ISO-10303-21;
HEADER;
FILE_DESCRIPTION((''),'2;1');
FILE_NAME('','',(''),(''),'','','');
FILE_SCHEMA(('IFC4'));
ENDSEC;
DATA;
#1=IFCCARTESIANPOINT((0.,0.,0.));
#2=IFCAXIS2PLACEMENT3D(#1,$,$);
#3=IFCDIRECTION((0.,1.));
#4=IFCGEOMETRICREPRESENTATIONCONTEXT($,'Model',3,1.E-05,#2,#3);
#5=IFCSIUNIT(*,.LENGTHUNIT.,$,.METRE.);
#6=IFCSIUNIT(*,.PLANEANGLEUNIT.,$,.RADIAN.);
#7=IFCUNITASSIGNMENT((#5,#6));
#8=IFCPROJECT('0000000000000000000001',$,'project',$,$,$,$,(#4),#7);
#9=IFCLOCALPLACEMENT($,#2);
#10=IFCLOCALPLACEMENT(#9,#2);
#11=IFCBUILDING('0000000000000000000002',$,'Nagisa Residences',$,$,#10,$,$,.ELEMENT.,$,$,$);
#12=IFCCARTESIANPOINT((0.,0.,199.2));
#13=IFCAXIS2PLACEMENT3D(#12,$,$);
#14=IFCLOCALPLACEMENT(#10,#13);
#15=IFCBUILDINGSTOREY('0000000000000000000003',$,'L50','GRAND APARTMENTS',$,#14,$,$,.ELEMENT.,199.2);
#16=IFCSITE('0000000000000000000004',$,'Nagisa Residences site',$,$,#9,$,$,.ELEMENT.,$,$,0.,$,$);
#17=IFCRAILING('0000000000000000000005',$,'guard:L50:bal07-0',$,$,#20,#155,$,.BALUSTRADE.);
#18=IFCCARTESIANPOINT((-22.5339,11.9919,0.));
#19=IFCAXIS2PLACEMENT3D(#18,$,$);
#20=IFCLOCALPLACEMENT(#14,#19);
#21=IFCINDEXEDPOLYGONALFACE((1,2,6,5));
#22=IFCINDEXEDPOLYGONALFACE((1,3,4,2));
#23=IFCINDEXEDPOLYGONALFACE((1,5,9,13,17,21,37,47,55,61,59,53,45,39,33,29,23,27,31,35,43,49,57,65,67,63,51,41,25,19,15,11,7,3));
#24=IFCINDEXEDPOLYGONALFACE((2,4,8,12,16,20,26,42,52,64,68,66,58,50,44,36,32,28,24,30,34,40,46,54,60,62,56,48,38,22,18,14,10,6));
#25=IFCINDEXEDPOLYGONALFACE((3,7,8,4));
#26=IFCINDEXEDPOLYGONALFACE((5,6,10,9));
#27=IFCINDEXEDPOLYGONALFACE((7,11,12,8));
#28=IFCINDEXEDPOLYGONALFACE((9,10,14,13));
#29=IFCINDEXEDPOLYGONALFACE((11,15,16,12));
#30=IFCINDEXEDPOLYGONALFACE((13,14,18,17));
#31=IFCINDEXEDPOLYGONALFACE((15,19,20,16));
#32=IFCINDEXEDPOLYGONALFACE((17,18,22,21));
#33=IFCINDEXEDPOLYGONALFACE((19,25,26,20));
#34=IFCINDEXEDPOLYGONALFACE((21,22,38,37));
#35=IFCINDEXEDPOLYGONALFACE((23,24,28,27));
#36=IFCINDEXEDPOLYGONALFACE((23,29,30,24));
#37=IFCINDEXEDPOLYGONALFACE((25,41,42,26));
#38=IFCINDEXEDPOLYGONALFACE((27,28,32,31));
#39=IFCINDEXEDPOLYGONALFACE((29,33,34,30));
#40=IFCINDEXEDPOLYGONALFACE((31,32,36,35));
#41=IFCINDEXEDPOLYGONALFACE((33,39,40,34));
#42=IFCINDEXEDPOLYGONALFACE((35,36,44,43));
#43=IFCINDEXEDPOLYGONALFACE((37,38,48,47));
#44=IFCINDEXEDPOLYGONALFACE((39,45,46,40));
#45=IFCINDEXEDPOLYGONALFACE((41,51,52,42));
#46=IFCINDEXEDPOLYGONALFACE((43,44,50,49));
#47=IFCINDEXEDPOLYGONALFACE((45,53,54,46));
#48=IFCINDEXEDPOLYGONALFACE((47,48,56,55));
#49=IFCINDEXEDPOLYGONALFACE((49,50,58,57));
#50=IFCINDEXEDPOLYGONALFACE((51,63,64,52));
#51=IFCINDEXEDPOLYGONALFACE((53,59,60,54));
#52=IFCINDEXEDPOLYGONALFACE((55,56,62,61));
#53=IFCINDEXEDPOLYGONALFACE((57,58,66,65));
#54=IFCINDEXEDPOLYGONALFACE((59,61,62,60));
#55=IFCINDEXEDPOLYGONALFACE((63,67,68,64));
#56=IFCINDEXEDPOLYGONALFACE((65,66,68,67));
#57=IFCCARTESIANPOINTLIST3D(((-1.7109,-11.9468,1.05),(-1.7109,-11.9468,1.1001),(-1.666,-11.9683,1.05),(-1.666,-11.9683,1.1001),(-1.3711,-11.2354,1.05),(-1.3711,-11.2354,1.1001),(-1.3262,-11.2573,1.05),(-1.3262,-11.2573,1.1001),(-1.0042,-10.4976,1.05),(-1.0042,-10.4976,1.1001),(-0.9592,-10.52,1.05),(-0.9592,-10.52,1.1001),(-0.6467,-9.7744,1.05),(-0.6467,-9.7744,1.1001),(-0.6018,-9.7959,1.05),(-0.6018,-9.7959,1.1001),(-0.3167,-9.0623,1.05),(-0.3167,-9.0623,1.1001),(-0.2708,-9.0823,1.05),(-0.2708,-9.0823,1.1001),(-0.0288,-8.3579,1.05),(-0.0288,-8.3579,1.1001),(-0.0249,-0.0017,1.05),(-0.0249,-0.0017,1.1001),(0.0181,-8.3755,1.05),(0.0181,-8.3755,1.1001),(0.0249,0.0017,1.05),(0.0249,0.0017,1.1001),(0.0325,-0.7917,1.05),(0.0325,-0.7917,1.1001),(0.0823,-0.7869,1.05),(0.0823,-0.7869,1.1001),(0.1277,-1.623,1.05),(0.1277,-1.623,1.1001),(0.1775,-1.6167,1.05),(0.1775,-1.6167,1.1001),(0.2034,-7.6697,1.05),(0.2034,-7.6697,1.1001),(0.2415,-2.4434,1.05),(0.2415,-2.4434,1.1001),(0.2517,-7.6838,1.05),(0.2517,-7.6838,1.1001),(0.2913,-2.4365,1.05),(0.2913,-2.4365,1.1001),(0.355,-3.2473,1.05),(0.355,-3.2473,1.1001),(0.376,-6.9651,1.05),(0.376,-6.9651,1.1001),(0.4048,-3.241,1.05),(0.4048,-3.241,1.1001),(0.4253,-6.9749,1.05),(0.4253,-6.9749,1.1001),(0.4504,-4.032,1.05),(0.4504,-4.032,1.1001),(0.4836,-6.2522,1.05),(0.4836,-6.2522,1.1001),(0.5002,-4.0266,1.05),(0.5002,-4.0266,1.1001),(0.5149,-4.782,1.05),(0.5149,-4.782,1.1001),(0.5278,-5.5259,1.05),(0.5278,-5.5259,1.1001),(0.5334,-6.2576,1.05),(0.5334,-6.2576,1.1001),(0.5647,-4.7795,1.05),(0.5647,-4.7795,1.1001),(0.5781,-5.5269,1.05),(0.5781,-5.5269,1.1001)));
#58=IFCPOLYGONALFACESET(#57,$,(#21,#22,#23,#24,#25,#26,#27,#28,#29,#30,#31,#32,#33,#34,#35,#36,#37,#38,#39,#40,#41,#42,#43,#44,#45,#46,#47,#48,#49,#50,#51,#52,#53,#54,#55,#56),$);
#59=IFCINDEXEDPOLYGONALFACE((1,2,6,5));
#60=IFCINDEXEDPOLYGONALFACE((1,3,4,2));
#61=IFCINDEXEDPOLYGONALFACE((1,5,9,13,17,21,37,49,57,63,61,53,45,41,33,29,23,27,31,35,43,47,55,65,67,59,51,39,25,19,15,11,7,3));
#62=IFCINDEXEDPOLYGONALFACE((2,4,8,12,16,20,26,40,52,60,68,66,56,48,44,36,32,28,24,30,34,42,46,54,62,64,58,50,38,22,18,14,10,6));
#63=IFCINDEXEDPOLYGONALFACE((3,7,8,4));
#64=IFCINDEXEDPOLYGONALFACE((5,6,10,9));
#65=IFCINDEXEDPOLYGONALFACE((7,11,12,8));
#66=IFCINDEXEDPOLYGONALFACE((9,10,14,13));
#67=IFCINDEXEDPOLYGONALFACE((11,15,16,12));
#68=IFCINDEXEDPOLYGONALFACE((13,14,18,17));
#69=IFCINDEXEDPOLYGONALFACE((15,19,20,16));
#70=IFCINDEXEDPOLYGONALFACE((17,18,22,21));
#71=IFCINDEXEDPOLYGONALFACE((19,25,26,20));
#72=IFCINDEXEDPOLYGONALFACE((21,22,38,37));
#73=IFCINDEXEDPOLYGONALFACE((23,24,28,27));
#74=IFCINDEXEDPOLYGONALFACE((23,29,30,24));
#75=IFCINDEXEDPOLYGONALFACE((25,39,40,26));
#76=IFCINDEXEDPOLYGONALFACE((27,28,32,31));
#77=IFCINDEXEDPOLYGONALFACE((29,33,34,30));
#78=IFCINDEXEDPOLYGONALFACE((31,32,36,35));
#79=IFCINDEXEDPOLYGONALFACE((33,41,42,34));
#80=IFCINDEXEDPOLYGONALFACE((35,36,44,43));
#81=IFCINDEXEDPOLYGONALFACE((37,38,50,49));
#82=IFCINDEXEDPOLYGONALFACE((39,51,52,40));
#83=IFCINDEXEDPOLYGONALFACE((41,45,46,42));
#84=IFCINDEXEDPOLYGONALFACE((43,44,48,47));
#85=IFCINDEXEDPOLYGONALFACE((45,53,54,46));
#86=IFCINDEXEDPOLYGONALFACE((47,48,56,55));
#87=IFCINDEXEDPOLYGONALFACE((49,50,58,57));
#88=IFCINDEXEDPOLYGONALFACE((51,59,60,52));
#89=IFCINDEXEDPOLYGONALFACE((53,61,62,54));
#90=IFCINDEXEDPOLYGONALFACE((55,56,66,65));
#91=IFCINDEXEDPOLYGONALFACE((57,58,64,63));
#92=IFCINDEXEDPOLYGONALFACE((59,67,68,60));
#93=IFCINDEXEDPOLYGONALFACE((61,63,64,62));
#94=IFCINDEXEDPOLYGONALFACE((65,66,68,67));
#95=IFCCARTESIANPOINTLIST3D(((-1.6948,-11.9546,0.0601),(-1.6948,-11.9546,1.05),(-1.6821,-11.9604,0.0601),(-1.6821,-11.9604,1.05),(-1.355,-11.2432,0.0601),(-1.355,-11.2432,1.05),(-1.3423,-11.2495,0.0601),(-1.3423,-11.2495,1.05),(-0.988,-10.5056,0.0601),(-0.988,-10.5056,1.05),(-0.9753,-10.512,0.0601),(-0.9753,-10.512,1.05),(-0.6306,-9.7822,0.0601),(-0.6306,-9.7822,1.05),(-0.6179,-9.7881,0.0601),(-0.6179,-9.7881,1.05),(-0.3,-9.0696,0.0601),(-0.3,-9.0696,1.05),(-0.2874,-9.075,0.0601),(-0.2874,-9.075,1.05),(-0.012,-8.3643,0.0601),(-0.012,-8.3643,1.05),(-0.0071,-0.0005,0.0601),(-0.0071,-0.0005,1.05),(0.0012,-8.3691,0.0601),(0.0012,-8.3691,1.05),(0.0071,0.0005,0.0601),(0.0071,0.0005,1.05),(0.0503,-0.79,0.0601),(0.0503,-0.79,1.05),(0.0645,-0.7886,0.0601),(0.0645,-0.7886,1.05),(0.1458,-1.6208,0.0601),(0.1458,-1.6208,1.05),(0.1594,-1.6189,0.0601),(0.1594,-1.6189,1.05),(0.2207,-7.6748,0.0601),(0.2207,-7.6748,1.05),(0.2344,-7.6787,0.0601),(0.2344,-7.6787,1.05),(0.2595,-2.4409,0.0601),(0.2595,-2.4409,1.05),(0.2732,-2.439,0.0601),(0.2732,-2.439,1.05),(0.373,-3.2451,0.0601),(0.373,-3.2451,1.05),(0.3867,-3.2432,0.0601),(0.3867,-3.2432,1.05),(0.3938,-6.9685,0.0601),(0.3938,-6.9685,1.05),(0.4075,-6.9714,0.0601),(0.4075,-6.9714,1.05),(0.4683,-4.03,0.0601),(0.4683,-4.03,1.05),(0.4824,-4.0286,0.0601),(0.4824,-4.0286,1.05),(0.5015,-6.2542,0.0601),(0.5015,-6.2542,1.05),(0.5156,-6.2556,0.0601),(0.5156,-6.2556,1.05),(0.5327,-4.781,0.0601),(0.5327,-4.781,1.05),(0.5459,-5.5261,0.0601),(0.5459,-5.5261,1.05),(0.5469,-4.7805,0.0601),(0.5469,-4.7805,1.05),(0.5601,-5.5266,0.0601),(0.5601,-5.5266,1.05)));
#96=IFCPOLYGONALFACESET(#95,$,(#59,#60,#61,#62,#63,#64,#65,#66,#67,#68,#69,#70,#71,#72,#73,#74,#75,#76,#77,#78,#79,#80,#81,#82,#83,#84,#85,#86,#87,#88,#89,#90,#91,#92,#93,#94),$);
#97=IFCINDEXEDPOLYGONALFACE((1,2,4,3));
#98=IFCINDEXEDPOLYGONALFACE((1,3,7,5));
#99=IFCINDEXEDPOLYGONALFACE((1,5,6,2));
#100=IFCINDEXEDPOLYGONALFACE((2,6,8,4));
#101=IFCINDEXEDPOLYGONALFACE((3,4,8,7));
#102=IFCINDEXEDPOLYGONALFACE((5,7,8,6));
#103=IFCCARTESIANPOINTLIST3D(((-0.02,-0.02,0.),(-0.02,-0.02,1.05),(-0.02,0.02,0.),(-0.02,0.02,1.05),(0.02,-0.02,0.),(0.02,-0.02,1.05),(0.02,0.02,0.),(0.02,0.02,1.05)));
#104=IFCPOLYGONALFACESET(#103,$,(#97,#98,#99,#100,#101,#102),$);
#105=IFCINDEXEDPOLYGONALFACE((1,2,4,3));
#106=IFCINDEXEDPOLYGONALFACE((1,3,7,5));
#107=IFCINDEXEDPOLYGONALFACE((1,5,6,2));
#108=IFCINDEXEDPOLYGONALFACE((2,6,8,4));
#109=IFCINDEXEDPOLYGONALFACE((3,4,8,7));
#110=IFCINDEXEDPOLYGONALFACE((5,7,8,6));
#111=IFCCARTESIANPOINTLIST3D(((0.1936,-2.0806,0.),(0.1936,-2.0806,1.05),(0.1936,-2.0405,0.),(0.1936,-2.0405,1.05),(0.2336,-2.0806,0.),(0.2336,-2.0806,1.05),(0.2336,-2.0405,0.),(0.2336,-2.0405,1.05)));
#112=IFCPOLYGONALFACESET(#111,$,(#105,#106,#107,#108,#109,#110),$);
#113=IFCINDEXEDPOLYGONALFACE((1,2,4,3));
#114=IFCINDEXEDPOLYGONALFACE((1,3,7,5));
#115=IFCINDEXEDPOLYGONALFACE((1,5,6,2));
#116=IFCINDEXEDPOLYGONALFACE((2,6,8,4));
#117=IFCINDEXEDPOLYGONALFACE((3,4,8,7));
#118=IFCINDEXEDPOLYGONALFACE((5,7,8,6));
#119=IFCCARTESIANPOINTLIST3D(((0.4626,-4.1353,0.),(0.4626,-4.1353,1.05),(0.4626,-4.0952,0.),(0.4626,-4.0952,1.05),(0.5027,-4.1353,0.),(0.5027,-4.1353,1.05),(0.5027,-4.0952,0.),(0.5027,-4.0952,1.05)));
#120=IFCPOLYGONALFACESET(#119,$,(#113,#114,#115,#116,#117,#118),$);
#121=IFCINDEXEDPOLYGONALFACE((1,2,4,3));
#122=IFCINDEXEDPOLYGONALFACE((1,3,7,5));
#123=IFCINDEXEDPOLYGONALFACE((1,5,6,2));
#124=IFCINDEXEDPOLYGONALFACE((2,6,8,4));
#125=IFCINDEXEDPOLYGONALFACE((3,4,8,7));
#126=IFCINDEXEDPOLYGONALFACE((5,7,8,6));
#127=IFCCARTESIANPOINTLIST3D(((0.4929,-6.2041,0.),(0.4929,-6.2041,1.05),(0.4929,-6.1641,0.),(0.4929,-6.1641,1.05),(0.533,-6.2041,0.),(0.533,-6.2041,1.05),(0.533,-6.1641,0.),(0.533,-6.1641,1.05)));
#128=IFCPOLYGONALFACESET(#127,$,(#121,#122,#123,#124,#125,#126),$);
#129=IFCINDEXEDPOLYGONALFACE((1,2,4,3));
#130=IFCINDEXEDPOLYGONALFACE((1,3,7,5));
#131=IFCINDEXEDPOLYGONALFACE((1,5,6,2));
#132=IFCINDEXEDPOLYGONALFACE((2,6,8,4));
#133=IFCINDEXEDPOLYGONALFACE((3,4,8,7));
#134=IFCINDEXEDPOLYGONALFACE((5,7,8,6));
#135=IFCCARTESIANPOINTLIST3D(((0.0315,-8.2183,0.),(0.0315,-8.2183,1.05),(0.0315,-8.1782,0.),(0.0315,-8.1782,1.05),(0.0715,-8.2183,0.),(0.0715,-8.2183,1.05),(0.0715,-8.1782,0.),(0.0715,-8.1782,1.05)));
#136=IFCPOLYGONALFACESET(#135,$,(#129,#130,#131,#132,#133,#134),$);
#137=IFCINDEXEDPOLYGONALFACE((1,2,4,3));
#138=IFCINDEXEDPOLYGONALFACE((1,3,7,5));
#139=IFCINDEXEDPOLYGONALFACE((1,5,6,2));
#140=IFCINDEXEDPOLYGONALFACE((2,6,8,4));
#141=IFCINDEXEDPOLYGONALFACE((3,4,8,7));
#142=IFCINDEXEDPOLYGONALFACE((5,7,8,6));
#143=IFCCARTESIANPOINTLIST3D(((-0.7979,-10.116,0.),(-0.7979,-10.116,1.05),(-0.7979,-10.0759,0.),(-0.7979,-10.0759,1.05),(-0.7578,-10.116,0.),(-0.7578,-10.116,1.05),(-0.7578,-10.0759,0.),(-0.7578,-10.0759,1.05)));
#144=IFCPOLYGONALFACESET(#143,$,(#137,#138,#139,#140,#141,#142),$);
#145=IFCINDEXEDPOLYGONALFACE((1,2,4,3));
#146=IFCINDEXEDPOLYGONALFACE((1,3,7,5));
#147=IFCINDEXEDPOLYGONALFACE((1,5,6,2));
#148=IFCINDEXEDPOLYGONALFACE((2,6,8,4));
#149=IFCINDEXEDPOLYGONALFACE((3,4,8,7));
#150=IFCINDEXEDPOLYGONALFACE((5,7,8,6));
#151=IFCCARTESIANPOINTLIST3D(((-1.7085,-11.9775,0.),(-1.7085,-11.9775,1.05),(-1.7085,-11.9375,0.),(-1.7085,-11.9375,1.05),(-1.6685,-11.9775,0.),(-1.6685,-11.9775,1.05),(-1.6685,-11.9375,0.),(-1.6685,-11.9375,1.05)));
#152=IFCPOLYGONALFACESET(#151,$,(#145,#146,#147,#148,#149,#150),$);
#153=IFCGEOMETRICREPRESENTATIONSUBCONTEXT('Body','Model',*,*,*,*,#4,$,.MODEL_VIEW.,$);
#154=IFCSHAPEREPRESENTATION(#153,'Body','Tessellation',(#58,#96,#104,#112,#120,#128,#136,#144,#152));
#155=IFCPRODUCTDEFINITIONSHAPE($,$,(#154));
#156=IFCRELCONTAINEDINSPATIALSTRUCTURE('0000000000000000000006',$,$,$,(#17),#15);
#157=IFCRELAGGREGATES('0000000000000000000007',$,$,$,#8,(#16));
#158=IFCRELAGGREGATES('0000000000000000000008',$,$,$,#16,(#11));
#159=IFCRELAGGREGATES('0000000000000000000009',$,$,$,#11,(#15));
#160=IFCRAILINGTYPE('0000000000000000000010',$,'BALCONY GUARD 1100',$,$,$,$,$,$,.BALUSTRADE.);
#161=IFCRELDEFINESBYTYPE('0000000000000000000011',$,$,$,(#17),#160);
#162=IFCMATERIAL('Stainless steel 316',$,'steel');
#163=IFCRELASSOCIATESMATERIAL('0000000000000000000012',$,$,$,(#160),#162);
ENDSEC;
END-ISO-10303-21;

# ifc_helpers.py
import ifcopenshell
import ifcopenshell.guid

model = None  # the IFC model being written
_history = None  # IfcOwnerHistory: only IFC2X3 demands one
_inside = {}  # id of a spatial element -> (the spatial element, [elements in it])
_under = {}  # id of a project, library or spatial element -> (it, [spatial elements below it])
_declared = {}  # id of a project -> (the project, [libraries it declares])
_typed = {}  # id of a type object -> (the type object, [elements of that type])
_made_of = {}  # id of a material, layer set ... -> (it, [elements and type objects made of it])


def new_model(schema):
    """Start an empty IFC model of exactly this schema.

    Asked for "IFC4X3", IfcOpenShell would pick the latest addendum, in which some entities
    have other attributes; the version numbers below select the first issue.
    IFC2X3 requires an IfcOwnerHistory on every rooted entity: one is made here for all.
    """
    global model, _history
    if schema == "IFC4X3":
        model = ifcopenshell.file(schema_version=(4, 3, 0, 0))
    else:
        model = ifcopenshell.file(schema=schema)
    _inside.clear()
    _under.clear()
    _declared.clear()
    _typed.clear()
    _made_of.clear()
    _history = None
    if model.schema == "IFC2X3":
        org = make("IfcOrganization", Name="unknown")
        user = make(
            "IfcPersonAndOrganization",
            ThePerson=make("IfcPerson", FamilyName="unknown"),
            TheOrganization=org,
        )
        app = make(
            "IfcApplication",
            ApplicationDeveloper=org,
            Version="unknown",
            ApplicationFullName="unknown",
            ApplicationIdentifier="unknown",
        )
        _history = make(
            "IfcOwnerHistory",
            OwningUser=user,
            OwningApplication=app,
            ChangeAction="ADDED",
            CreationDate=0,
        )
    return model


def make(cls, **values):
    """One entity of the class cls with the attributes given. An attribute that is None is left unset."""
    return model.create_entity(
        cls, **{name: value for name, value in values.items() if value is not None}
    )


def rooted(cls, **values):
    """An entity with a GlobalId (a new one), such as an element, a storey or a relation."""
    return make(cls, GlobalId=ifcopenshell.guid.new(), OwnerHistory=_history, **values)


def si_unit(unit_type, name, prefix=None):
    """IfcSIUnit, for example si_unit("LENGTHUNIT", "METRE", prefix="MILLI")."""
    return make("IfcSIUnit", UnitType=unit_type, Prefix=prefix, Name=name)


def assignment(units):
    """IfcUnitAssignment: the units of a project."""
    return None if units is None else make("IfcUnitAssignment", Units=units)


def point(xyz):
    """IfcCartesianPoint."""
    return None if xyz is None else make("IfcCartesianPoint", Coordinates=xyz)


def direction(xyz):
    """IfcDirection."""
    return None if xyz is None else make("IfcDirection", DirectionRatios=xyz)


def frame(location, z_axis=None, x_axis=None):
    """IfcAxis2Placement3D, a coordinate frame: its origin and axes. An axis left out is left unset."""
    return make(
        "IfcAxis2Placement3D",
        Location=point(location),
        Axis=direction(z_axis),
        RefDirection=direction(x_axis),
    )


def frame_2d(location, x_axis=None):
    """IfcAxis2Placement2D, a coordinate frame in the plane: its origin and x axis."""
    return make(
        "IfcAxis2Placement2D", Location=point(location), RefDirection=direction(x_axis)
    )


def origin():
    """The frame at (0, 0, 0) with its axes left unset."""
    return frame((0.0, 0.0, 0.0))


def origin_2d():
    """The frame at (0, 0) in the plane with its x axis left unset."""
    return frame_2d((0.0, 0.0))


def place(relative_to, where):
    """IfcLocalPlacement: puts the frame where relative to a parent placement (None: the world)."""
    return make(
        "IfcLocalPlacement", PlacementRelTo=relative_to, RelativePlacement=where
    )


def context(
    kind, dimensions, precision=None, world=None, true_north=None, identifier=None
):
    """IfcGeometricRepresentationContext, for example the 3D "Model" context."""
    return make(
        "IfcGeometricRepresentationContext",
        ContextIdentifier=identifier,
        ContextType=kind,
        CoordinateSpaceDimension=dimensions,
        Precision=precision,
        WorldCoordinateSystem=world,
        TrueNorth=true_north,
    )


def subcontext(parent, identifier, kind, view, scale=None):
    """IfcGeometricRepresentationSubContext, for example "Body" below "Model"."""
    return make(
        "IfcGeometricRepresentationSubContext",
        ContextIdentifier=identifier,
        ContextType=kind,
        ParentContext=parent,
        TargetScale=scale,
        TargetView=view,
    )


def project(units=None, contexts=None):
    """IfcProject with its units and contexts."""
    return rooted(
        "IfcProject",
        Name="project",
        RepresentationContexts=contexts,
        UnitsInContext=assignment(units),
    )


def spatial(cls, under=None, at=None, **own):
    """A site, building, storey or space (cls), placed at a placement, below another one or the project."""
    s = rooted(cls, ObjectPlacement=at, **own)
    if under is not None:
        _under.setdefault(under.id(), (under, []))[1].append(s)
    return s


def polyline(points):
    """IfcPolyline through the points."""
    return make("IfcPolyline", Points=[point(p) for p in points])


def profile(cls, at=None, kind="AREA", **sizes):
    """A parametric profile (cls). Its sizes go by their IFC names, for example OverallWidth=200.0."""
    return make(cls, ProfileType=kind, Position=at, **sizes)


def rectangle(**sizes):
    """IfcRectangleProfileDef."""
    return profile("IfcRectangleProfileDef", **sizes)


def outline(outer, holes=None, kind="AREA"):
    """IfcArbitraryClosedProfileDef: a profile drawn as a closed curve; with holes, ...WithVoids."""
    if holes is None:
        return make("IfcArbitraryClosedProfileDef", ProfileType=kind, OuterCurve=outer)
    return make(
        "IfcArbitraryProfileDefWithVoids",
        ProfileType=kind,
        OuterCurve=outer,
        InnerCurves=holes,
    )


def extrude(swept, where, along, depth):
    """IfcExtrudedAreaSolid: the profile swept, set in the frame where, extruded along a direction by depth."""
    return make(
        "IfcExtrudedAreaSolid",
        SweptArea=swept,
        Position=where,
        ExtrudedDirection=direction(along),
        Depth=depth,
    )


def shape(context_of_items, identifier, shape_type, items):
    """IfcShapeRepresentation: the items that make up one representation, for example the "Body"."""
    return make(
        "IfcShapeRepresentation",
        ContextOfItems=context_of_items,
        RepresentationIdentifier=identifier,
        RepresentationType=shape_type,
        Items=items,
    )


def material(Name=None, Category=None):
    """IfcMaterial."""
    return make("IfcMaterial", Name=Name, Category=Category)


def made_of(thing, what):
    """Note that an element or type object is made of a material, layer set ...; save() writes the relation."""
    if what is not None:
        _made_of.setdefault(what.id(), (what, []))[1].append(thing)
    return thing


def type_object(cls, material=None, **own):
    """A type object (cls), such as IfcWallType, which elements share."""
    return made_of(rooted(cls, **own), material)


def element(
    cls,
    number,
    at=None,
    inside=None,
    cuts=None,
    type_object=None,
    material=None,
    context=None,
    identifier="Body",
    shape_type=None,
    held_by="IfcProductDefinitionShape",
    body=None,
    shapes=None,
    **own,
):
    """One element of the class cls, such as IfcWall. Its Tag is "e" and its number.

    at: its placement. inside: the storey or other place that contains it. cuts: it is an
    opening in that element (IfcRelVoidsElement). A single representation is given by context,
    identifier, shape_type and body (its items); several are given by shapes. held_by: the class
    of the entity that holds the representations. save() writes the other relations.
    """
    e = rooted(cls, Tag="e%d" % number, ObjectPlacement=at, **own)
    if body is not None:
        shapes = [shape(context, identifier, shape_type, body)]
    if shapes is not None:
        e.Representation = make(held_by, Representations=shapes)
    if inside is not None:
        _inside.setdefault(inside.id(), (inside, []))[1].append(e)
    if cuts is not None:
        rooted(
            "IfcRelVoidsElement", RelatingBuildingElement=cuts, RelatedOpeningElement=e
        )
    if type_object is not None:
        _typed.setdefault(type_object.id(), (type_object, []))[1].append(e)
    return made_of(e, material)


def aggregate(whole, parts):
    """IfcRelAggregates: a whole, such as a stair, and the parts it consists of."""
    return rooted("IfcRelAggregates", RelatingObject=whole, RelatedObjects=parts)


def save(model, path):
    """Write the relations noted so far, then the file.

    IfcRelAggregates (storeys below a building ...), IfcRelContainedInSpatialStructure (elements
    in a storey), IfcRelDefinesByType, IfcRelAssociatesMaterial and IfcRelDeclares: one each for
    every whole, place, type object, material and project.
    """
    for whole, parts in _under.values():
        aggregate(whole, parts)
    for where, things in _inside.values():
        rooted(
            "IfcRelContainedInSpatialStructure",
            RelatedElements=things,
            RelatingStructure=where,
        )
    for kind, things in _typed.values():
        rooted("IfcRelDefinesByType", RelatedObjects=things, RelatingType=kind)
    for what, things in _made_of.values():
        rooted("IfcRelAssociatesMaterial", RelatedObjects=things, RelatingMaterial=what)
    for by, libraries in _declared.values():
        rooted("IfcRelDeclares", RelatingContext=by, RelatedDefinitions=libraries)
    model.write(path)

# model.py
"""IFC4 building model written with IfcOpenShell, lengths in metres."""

from ifc_helpers import new_model, si_unit, direction, frame, origin, origin_2d, place, context, subcontext, project, spatial, polyline, rectangle, outline, extrude, material, type_object, element, save


model = new_model("IFC4")

# Units and contexts
model_context = context("Model", 3, precision=1e-05, world=origin(), true_north=direction((0.0, 1.0)))
body_context = subcontext(model_context, "Body", "Model", "MODEL_VIEW")
ifc_project = project(units=[si_unit("LENGTHUNIT", "METRE"), si_unit("PLANEANGLEUNIT", "RADIAN")], contexts=[model_context])

# Site, building, storey
site_placement = place(None, origin())
site = spatial("IfcSite", under=ifc_project, at=site_placement, Name="Nagisa Residences site", CompositionType="ELEMENT", RefElevation=0.0)
building_placement = place(site_placement, origin())
building = spatial("IfcBuilding", under=site, at=building_placement, Name="Nagisa Residences", CompositionType="ELEMENT")
storey_placement = place(building_placement, frame((0.0, 0.0, 199.2)))
storey = spatial("IfcBuildingStorey", under=building, at=storey_placement, Name="L50", Description="GRAND APARTMENTS", CompositionType="ELEMENT", Elevation=199.2)

# Railing
ifc_material_1 = material(Name="Stainless steel 316", Category="steel")
railing_type = type_object("IfcRailingType", Name="BALCONY GUARD 1100", PredefinedType="BALUSTRADE", material=ifc_material_1)
railing_1_placement = place(storey_placement, frame((-22.5339, 11.9919, 0.0)))
element("IfcRailing", 1, at=railing_1_placement, inside=storey, type_object=railing_type, Name="guard:L50:bal07-0", PredefinedType="BALUSTRADE", context=body_context, shape_type="SweptSolid", body=[
    extrude(outline(polyline([(0.0823, -0.7869), (0.0249, 0.0017), (-0.0249, -0.0017), (0.0325, -0.7917), (0.1277, -1.623), (0.2415, -2.4434), (0.355, -3.2473), (0.4504, -4.032), (0.5149, -4.782), (0.5278, -5.5259), (0.4836, -6.2522), (0.376, -6.9651), (0.2034, -7.6697), (-0.0288, -8.3579), (-0.3167, -9.0623), (-0.6467, -9.7744), (-1.0042, -10.4976), (-1.3711, -11.2354), (-1.7109, -11.9468), (-1.666, -11.9683), (-1.3262, -11.2573), (-0.9592, -10.52), (-0.6018, -9.7959), (-0.2708, -9.0823), (0.0181, -8.3755), (0.2517, -7.6838), (0.4253, -6.9749), (0.5334, -6.2576), (0.5781, -5.5269), (0.5647, -4.7795), (0.5002, -4.0266), (0.4048, -3.241), (0.2913, -2.4365), (0.1775, -1.6167), (0.0823, -0.7869)])), frame((0.0, 0.0, 1.05)), (0.0, 0.0, 1.0), 0.05),
    extrude(outline(polyline([(0.0645, -0.7886), (0.0071, 0.0005), (-0.0071, -0.0005), (0.0503, -0.79), (0.1458, -1.6208), (0.2595, -2.4409), (0.373, -3.2451), (0.4683, -4.03), (0.5327, -4.781), (0.5459, -5.5261), (0.5015, -6.2542), (0.3938, -6.9685), (0.2207, -7.6748), (-0.012, -8.3643), (-0.3, -9.0696), (-0.6306, -9.7822), (-0.988, -10.5056), (-1.355, -11.2432), (-1.6948, -11.9546), (-1.6821, -11.9604), (-1.3423, -11.2495), (-0.9753, -10.512), (-0.6179, -9.7881), (-0.2874, -9.075), (0.0012, -8.3691), (0.2344, -7.6787), (0.4075, -6.9714), (0.5156, -6.2556), (0.5601, -5.5266), (0.5469, -4.7805), (0.4824, -4.0286), (0.3867, -3.2432), (0.2732, -2.439), (0.1594, -1.6189), (0.0645, -0.7886)])), frame((0.0, 0.0, 0.0601)), (0.0, 0.0, 1.0), 0.99),
    extrude(rectangle(XDim=0.04, YDim=0.04, at=origin_2d()), origin(), (0.0, 0.0, 1.0), 1.05),
    extrude(rectangle(XDim=0.04, YDim=0.04, at=origin_2d()), frame((0.2136, -2.0605, 0.0)), (0.0, 0.0, 1.0), 1.05),
    extrude(rectangle(XDim=0.04, YDim=0.04, at=origin_2d()), frame((0.4827, -4.1152, 0.0)), (0.0, 0.0, 1.0), 1.05),
    extrude(rectangle(XDim=0.04, YDim=0.04, at=origin_2d()), frame((0.5129, -6.1841, 0.0)), (0.0, 0.0, 1.0), 1.05),
    extrude(rectangle(XDim=0.04, YDim=0.04, at=origin_2d()), frame((0.0515, -8.1982, 0.0)), (0.0, 0.0, 1.0), 1.05),
    extrude(rectangle(XDim=0.04, YDim=0.04, at=origin_2d()), frame((-0.7778, -10.0959, 0.0)), (0.0, 0.0, 1.0), 1.05),
    extrude(rectangle(XDim=0.04, YDim=0.04, at=origin_2d()), frame((-1.6885, -11.9575, 0.0)), (0.0, 0.0, 1.0), 1.05),
])

save(model, "model.ifc")
